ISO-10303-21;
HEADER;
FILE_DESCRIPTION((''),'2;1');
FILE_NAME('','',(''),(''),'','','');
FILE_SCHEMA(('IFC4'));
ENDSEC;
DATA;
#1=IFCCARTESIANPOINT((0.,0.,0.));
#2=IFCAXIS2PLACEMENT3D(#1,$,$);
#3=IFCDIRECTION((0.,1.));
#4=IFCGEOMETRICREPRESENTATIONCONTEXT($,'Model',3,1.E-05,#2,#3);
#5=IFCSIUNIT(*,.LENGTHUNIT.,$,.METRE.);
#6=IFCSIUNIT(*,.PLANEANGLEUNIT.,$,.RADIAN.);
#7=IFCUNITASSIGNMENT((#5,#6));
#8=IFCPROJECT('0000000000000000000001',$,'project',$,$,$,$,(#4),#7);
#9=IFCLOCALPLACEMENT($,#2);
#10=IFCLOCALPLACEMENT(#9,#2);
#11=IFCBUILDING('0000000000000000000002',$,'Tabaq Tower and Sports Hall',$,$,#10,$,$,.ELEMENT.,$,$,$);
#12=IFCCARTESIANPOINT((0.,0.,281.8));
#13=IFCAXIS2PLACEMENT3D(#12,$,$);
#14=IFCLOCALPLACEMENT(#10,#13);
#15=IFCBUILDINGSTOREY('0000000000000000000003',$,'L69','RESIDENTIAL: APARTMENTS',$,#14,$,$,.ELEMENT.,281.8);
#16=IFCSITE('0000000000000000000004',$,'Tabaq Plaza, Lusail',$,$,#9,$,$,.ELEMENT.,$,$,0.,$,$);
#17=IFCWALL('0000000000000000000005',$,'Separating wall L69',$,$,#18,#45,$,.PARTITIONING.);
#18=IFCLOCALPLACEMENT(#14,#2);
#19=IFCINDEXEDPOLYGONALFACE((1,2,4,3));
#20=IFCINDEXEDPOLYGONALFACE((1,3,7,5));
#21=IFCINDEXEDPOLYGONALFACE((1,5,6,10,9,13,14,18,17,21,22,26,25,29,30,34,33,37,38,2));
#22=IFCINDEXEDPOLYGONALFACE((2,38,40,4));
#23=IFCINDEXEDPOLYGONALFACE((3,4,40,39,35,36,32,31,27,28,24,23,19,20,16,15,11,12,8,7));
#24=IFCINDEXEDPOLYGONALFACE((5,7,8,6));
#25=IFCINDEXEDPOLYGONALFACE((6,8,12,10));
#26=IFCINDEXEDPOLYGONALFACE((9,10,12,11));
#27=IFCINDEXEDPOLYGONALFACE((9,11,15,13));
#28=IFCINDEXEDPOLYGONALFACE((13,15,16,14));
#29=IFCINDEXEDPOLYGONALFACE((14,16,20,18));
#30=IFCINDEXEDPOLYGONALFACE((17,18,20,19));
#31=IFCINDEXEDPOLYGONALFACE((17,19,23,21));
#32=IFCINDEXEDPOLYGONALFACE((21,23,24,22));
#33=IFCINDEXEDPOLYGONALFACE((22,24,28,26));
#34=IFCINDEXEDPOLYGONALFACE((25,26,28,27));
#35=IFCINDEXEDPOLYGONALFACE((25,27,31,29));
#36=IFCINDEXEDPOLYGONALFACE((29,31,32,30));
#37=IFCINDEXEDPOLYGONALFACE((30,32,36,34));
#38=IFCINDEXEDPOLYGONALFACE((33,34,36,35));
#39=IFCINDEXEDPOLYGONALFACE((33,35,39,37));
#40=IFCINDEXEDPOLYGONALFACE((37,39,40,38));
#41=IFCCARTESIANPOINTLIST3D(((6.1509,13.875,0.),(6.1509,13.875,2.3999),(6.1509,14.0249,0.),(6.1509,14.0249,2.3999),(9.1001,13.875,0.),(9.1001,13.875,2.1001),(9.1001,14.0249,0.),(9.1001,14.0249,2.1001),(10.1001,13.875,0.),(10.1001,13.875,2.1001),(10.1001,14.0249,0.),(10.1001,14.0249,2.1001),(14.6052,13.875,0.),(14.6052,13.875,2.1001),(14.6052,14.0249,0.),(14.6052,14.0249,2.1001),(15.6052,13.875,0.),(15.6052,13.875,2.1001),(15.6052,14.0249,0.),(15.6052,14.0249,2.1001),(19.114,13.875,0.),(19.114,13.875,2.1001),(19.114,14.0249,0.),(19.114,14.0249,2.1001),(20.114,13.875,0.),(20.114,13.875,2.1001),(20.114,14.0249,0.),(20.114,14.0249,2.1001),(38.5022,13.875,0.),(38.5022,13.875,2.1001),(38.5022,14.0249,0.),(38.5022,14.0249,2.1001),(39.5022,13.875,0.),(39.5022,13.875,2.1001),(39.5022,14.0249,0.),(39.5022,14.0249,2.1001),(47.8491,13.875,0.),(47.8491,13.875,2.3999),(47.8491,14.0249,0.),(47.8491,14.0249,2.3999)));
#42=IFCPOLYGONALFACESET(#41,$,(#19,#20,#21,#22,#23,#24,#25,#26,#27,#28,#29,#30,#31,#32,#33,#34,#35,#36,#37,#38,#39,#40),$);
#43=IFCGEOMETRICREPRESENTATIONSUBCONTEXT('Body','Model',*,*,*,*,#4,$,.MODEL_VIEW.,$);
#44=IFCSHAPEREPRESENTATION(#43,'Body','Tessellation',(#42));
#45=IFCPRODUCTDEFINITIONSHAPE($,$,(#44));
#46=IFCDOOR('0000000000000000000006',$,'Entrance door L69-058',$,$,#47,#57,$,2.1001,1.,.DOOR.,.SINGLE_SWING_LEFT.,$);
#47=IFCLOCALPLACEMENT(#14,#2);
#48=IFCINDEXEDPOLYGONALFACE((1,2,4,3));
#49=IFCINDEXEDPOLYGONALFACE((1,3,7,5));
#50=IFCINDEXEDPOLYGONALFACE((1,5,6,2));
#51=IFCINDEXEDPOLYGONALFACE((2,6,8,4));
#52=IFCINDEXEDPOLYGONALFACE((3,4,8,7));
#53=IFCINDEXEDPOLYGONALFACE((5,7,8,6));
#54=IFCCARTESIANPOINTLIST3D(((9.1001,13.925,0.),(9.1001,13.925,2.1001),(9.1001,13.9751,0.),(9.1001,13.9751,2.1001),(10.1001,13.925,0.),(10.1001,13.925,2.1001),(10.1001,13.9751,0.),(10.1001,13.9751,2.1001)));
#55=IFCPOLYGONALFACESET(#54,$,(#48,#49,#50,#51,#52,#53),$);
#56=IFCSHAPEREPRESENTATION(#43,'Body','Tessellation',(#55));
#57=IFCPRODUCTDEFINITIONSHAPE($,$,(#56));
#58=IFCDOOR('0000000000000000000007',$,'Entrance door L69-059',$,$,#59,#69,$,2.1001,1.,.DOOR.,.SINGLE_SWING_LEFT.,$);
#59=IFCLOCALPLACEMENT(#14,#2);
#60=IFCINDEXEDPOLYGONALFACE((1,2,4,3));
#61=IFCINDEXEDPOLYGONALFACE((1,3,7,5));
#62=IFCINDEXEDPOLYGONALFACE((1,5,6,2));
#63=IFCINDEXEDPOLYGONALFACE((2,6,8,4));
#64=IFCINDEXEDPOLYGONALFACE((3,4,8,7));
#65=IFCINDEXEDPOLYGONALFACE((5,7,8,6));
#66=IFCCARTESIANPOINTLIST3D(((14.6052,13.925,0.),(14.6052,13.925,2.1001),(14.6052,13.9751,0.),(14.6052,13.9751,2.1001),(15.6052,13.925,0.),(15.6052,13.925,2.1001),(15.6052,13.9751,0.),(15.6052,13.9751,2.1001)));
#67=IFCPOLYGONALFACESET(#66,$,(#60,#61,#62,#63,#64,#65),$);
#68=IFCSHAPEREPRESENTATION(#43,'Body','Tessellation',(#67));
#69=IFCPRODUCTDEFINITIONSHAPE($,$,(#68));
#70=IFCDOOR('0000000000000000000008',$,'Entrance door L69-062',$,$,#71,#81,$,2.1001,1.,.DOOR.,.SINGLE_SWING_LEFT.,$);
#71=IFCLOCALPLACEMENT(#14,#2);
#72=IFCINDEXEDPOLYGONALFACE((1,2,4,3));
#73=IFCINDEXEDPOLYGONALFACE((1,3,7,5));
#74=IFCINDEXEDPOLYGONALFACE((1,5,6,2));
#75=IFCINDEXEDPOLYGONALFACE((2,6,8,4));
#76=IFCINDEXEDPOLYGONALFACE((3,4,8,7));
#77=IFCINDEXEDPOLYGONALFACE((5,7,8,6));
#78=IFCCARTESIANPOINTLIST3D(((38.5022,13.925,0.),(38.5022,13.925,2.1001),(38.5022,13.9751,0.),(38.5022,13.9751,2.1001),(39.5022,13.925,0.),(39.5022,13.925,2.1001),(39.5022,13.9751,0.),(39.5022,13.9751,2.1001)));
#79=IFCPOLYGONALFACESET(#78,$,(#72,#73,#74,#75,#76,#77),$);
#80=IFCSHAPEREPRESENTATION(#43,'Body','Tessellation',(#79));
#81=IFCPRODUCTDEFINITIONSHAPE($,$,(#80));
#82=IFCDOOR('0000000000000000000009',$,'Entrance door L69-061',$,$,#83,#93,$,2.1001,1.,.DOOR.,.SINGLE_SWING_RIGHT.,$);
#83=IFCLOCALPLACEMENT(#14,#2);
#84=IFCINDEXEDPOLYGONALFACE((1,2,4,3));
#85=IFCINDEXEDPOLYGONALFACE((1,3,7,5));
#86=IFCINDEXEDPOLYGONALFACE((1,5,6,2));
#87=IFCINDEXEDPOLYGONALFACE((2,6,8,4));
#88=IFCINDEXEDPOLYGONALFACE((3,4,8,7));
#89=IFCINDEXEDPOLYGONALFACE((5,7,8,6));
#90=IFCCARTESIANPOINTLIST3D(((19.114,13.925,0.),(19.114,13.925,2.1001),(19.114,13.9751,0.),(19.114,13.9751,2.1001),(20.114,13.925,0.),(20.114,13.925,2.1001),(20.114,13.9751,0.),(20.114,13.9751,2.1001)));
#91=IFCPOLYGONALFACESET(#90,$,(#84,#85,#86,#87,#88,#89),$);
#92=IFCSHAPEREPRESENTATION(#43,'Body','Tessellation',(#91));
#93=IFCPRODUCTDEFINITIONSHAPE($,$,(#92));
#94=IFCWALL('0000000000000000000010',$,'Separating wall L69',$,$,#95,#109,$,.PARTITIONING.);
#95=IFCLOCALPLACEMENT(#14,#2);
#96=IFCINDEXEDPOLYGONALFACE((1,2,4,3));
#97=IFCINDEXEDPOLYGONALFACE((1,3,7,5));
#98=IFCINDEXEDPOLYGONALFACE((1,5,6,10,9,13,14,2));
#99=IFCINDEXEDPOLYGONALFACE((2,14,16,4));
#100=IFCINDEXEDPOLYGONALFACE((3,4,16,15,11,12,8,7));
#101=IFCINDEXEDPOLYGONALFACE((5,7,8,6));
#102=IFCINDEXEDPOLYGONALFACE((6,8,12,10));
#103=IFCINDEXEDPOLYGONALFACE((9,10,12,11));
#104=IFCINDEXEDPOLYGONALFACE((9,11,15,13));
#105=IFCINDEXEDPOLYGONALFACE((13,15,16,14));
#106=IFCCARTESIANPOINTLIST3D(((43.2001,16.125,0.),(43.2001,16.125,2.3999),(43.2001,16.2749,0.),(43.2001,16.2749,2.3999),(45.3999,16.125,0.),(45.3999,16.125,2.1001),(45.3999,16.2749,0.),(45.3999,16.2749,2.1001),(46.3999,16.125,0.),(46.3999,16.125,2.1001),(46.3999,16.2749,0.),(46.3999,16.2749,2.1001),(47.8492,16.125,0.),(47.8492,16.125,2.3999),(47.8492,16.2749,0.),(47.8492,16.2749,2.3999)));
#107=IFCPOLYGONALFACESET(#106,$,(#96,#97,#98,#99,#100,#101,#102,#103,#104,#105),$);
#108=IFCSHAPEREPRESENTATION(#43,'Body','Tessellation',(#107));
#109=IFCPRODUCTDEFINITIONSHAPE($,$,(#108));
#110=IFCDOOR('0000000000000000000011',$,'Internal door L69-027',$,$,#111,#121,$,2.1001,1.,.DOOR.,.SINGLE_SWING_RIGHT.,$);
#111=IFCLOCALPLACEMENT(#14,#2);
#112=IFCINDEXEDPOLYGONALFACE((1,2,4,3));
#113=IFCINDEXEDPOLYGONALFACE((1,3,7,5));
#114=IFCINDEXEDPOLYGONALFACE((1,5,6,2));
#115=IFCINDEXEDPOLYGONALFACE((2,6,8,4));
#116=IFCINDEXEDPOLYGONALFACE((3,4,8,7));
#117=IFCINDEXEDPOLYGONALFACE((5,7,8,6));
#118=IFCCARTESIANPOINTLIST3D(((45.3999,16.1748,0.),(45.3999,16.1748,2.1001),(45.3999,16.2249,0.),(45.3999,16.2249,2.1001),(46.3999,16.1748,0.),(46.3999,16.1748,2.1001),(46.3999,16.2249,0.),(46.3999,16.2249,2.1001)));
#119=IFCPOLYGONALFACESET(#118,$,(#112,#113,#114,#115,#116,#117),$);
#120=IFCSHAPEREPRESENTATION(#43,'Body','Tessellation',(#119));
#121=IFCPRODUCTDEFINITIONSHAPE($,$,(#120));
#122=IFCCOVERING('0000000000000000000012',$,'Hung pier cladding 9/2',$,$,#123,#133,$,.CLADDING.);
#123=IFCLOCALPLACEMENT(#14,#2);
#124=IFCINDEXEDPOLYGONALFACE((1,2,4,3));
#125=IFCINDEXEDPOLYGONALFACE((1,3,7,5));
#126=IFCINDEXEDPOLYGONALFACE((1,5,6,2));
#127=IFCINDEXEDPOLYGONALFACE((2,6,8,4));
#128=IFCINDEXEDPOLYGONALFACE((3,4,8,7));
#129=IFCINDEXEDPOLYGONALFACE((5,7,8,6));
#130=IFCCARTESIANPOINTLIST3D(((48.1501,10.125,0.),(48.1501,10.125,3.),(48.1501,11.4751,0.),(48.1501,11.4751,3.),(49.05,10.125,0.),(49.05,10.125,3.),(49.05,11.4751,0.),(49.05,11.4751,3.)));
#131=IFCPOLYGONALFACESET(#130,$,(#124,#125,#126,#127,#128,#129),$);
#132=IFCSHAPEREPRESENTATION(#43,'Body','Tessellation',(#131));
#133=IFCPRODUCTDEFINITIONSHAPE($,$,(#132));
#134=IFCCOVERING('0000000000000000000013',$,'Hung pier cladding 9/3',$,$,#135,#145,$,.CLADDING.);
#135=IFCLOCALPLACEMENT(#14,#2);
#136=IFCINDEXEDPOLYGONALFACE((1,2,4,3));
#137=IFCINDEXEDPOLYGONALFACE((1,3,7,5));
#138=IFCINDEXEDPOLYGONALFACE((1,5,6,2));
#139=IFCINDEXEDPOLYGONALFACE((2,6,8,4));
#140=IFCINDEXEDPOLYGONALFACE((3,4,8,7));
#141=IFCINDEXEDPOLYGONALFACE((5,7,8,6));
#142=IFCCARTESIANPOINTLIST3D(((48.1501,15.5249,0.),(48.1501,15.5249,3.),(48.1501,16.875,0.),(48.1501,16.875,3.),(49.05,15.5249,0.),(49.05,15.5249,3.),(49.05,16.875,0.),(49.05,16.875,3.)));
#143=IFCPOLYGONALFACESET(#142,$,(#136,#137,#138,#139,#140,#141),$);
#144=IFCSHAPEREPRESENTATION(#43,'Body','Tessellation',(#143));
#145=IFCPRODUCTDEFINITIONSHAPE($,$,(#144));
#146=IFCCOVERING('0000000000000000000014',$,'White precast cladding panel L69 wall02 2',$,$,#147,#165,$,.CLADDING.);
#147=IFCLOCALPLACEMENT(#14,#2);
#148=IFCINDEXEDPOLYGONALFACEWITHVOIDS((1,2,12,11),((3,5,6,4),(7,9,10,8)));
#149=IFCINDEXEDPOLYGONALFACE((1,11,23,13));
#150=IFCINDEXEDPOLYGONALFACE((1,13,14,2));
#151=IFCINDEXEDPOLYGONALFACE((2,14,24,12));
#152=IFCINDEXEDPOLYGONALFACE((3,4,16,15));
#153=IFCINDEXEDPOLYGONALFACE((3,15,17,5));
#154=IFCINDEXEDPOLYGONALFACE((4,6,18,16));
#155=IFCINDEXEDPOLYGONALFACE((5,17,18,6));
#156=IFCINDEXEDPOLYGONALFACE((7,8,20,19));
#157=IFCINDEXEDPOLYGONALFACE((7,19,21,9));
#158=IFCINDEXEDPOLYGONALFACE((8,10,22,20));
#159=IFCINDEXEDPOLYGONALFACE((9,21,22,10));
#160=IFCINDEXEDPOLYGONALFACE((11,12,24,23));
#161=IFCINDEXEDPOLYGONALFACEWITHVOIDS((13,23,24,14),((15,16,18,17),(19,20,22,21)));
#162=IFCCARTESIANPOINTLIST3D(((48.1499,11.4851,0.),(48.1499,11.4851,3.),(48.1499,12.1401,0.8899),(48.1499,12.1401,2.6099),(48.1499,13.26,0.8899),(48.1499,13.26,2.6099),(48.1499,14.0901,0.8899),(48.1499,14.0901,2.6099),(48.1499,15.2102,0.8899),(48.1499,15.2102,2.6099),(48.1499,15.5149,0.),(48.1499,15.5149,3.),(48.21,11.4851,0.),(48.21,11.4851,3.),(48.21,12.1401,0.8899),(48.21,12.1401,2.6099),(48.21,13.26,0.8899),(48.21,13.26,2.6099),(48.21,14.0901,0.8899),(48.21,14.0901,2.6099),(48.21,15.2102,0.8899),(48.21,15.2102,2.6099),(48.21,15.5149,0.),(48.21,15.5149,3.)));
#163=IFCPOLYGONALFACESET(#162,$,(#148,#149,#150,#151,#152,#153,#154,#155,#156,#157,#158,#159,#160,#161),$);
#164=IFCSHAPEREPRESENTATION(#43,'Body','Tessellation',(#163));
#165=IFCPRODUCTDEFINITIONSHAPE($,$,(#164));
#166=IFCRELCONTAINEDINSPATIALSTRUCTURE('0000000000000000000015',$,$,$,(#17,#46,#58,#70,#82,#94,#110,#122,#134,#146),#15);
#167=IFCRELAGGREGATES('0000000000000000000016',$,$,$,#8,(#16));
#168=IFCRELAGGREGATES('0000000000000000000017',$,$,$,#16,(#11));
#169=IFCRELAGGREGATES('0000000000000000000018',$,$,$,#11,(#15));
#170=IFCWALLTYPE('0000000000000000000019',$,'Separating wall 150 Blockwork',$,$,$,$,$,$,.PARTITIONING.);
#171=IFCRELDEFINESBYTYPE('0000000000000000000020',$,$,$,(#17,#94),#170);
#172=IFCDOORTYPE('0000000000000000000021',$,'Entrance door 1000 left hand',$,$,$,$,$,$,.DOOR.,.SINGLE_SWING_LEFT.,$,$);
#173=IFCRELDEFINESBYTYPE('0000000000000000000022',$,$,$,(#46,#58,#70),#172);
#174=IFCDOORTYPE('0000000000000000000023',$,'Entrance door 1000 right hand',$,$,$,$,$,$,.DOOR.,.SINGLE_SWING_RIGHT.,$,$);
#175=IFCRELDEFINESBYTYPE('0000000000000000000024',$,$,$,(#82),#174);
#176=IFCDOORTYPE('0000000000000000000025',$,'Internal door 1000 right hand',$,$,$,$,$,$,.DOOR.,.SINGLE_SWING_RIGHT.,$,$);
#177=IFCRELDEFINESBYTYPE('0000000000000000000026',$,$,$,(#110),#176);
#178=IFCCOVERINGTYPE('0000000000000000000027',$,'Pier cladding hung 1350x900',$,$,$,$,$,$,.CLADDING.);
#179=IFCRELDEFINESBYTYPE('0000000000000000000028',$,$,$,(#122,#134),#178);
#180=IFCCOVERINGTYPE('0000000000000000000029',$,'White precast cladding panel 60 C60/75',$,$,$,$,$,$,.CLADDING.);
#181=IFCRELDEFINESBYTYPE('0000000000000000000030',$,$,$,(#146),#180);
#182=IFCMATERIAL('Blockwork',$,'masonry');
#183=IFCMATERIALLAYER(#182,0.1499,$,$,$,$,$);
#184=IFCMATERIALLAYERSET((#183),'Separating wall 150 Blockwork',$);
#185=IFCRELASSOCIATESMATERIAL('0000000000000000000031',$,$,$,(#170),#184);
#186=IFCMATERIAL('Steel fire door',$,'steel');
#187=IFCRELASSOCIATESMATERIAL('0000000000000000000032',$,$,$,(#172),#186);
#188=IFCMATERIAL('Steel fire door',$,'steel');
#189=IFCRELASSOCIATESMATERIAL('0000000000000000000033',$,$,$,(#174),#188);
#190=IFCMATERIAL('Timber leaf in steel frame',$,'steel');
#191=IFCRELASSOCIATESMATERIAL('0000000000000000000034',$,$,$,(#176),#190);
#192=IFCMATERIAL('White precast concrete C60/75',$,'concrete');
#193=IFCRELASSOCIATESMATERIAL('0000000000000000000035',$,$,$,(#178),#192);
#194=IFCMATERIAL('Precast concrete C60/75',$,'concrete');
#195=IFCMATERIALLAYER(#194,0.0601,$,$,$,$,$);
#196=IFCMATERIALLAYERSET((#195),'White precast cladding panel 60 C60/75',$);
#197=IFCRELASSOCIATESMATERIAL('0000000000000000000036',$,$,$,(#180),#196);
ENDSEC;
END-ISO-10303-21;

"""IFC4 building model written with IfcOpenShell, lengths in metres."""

from ifc_helpers import new_model, si_unit, direction, frame, frame_2d, origin, place, context, subcontext, project, spatial, polyline, rectangle, outline, extrude, material, layer, layer_set, type_object, element, fill, save


model = new_model("IFC4")

# Units and contexts
model_context = context("Model", 3, precision=1e-05, world=origin(), true_north=direction((0.0, 1.0)))
body_context = subcontext(model_context, "Body", "Model", "MODEL_VIEW")
ifc_project = project(units=[si_unit("LENGTHUNIT", "METRE"), si_unit("PLANEANGLEUNIT", "RADIAN")], contexts=[model_context])

# Site, building, storey
site_placement = place(None, origin())
site = spatial("IfcSite", under=ifc_project, at=site_placement, Name="Tabaq Plaza, Lusail", CompositionType="ELEMENT", RefElevation=0.0)
building_placement = place(site_placement, origin())
building = spatial("IfcBuilding", under=site, at=building_placement, Name="Tabaq Tower and Sports Hall", CompositionType="ELEMENT")
storey_placement = place(building_placement, frame((0.0, 0.0, 281.8)))
storey = spatial("IfcBuildingStorey", under=building, at=storey_placement, Name="L69", Description="RESIDENTIAL: APARTMENTS", CompositionType="ELEMENT", Elevation=281.8)

# Wall, openings, doors
ifc_material_1 = material(Name="Blockwork", Category="masonry")
ifc_layer_1 = layer(ifc_material_1, 0.1499)
ifc_layer_set_1 = layer_set([ifc_layer_1], Name="Separating wall 150 Blockwork")
wall_type_1 = type_object("IfcWallType", Name="Separating wall 150 Blockwork", PredefinedType="PARTITIONING", material=ifc_layer_set_1)
wall_1_placement = place(storey_placement, frame((47.8491, 13.95, 0.0), z_axis=(0.0, 0.0, 1.0), x_axis=(-1.0, 0.0, 0.0)))
wall_1 = element("IfcWall", 1, at=wall_1_placement, inside=storey, type_object=wall_type_1, Name="Separating wall L69", PredefinedType="PARTITIONING", context=body_context, shape_type="SweptSolid", body=[
    extrude(rectangle(XDim=41.6982, YDim=0.1499, at=frame_2d((20.8491, 0.0))), origin(), (0.0, 0.0, 1.0), 2.3999),
])
opening_1_placement = place(wall_1_placement, frame((37.749, 0.0, 0.0)))
opening_1 = element("IfcOpeningElement", 2, at=opening_1_placement, cuts=wall_1, PredefinedType="OPENING", context=body_context, shape_type="SweptSolid", body=[
    extrude(rectangle(XDim=1.0, YDim=2.1001, at=frame_2d((0.5, 1.05))), frame((0.0, 0.075, 0.0), z_axis=(0.0, -1.0, 0.0), x_axis=(1.0, 0.0, 0.0)), (0.0, 0.0, 1.0), 0.1499),
])
opening_2_placement = place(wall_1_placement, frame((32.2439, 0.0, 0.0)))
opening_2 = element("IfcOpeningElement", 3, at=opening_2_placement, cuts=wall_1, PredefinedType="OPENING", context=body_context, shape_type="SweptSolid", body=[
    extrude(rectangle(XDim=1.0, YDim=2.1001, at=frame_2d((0.5, 1.05))), frame((0.0, 0.075, 0.0), z_axis=(0.0, -1.0, 0.0), x_axis=(1.0, 0.0, 0.0)), (0.0, 0.0, 1.0), 0.1499),
])
opening_3_placement = place(wall_1_placement, frame((27.7351, 0.0, 0.0)))
opening_3 = element("IfcOpeningElement", 4, at=opening_3_placement, cuts=wall_1, PredefinedType="OPENING", context=body_context, shape_type="SweptSolid", body=[
    extrude(rectangle(XDim=1.0, YDim=2.1001, at=frame_2d((0.5, 1.05))), frame((0.0, 0.075, 0.0), z_axis=(0.0, -1.0, 0.0), x_axis=(1.0, 0.0, 0.0)), (0.0, 0.0, 1.0), 0.1499),
])
opening_4_placement = place(wall_1_placement, frame((8.3469, 0.0, 0.0)))
opening_4 = element("IfcOpeningElement", 5, at=opening_4_placement, cuts=wall_1, PredefinedType="OPENING", context=body_context, shape_type="SweptSolid", body=[
    extrude(rectangle(XDim=1.0, YDim=2.1001, at=frame_2d((0.5, 1.05))), frame((0.0, 0.075, 0.0), z_axis=(0.0, -1.0, 0.0), x_axis=(1.0, 0.0, 0.0)), (0.0, 0.0, 1.0), 0.1499),
])
ifc_material_2 = material(Name="Steel fire door", Category="steel")
door_type_1 = type_object("IfcDoorType", Name="Entrance door 1000 left hand", OperationType="SINGLE_SWING_LEFT", PredefinedType="DOOR", material=ifc_material_2)
door_1_placement = place(opening_1_placement, origin())
door_1 = element("IfcDoor", 6, at=door_1_placement, inside=storey, type_object=door_type_1, Name="Entrance door L69-058", OperationType="SINGLE_SWING_LEFT", OverallHeight=2.1001, OverallWidth=1.0, PredefinedType="DOOR", context=body_context, shape_type="SweptSolid", body=[
    extrude(rectangle(XDim=1.0, YDim=2.1001, at=frame_2d((0.5, 1.05))), frame((0.0, 0.0249, 0.0), z_axis=(0.0, -1.0, 0.0), x_axis=(1.0, 0.0, 0.0)), (0.0, 0.0, 1.0), 0.05),
])
fill(opening_1, door_1)
door_2_placement = place(opening_2_placement, origin())
door_2 = element("IfcDoor", 7, at=door_2_placement, inside=storey, type_object=door_type_1, Name="Entrance door L69-059", OperationType="SINGLE_SWING_LEFT", OverallHeight=2.1001, OverallWidth=1.0, PredefinedType="DOOR", context=body_context, shape_type="SweptSolid", body=[
    extrude(rectangle(XDim=1.0, YDim=2.1001, at=frame_2d((0.5, 1.05))), frame((0.0, 0.0249, 0.0), z_axis=(0.0, -1.0, 0.0), x_axis=(1.0, 0.0, 0.0)), (0.0, 0.0, 1.0), 0.05),
])
fill(opening_2, door_2)
door_3_placement = place(opening_4_placement, origin())
door_3 = element("IfcDoor", 8, at=door_3_placement, inside=storey, type_object=door_type_1, Name="Entrance door L69-062", OperationType="SINGLE_SWING_LEFT", OverallHeight=2.1001, OverallWidth=1.0, PredefinedType="DOOR", context=body_context, shape_type="SweptSolid", body=[
    extrude(rectangle(XDim=1.0, YDim=2.1001, at=frame_2d((0.5, 1.05))), frame((0.0, 0.0249, 0.0), z_axis=(0.0, -1.0, 0.0), x_axis=(1.0, 0.0, 0.0)), (0.0, 0.0, 1.0), 0.05),
])
fill(opening_4, door_3)
ifc_material_3 = material(Name="Steel fire door", Category="steel")
door_type_2 = type_object("IfcDoorType", Name="Entrance door 1000 right hand", OperationType="SINGLE_SWING_RIGHT", PredefinedType="DOOR", material=ifc_material_3)
door_4_placement = place(opening_3_placement, origin())
door_4 = element("IfcDoor", 9, at=door_4_placement, inside=storey, type_object=door_type_2, Name="Entrance door L69-061", OperationType="SINGLE_SWING_RIGHT", OverallHeight=2.1001, OverallWidth=1.0, PredefinedType="DOOR", context=body_context, shape_type="SweptSolid", body=[
    extrude(rectangle(XDim=1.0, YDim=2.1001, at=frame_2d((0.5, 1.05))), frame((0.0, 0.0249, 0.0), z_axis=(0.0, -1.0, 0.0), x_axis=(1.0, 0.0, 0.0)), (0.0, 0.0, 1.0), 0.05),
])
fill(opening_3, door_4)

# Wall, opening, door
wall_2_placement = place(storey_placement, frame((43.2, 16.2, 0.0), z_axis=(0.0, 0.0, 1.0), x_axis=(1.0, 0.0, 0.0)))
wall_2 = element("IfcWall", 10, at=wall_2_placement, inside=storey, type_object=wall_type_1, Name="Separating wall L69", PredefinedType="PARTITIONING", context=body_context, shape_type="SweptSolid", body=[
    extrude(rectangle(XDim=4.6492, YDim=0.1499, at=frame_2d((2.3247, 0.0))), origin(), (0.0, 0.0, 1.0), 2.3999),
])
opening_5_placement = place(wall_2_placement, frame((2.2, 0.0, 0.0)))
opening_5 = element("IfcOpeningElement", 11, at=opening_5_placement, cuts=wall_2, PredefinedType="OPENING", context=body_context, shape_type="SweptSolid", body=[
    extrude(rectangle(XDim=1.0, YDim=2.1001, at=frame_2d((0.5, 1.05))), frame((0.0, 0.075, 0.0), z_axis=(0.0, -1.0, 0.0), x_axis=(1.0, 0.0, 0.0)), (0.0, 0.0, 1.0), 0.1499),
])
ifc_material_4 = material(Name="Timber leaf in steel frame", Category="steel")
door_type_3 = type_object("IfcDoorType", Name="Internal door 1000 right hand", OperationType="SINGLE_SWING_RIGHT", PredefinedType="DOOR", material=ifc_material_4)
door_5_placement = place(opening_5_placement, origin())
door_5 = element("IfcDoor", 12, at=door_5_placement, inside=storey, type_object=door_type_3, Name="Internal door L69-027", OperationType="SINGLE_SWING_RIGHT", OverallHeight=2.1001, OverallWidth=1.0, PredefinedType="DOOR", context=body_context, shape_type="SweptSolid", body=[
    extrude(rectangle(XDim=1.0, YDim=2.1001, at=frame_2d((0.5, 1.05))), frame((0.0, 0.0249, 0.0), z_axis=(0.0, -1.0, 0.0), x_axis=(1.0, 0.0, 0.0)), (0.0, 0.0, 1.0), 0.05),
])
fill(opening_5, door_5)

# Coverings
ifc_material_5 = material(Name="White precast concrete C60/75", Category="concrete")
covering_type_1 = type_object("IfcCoveringType", Name="Pier cladding hung 1350x900", PredefinedType="CLADDING", material=ifc_material_5)
for number, where, z_axis, x_axis, name in (
    (13, (48.6001, 10.125, 0.0), (0.0, 0.0, 1.0), (0.0, 1.0, 0.0), "Hung pier cladding 9/2"),
    (14, (48.6001, 15.5249, 0.0), (0.0, 0.0, 1.0), (0.0, 1.0, 0.0), "Hung pier cladding 9/3"),
):
    element("IfcCovering", number, at=place(storey_placement, frame(where, z_axis=z_axis, x_axis=x_axis)), inside=storey, type_object=covering_type_1, Name=name, PredefinedType="CLADDING", context=body_context, shape_type="SweptSolid", body=[
        extrude(rectangle(XDim=1.3501, YDim=0.8999, at=frame_2d((0.675, 0.0))), origin(), (0.0, 0.0, 1.0), 3.0),
    ])
ifc_material_6 = material(Name="Precast concrete C60/75", Category="concrete")
ifc_layer_2 = layer(ifc_material_6, 0.0601)
ifc_layer_set_2 = layer_set([ifc_layer_2], Name="White precast cladding panel 60 C60/75")
covering_type_2 = type_object("IfcCoveringType", Name="White precast cladding panel 60 C60/75", PredefinedType="CLADDING", material=ifc_layer_set_2)
covering_1_placement = place(storey_placement, frame((48.1799, 11.4851, 0.0), z_axis=(0.0, 0.0, 1.0), x_axis=(0.0, 1.0, 0.0)))
element("IfcCovering", 15, at=covering_1_placement, inside=storey, type_object=covering_type_2, Name="White precast cladding panel L69 wall02 2", PredefinedType="CLADDING", context=body_context, shape_type="SweptSolid", body=[
    extrude(outline(polyline([(0.0, 0.0), (4.0298, 0.0), (4.0298, 3.0), (0.0, 3.0), (0.0, 0.0)]), holes=[polyline([(0.655, 2.6099), (1.7749, 2.6099), (1.7749, 0.8899), (0.655, 0.8899), (0.655, 2.6099)]), polyline([(2.605, 2.6099), (3.7251, 2.6099), (3.7251, 0.8899), (2.605, 0.8899), (2.605, 2.6099)])]), frame((0.0, 0.03, 0.0), z_axis=(0.0, -1.0, 0.0), x_axis=(1.0, 0.0, 0.0)), (0.0, 0.0, 1.0), 0.0601),
])

save(model, "model.ifc")
